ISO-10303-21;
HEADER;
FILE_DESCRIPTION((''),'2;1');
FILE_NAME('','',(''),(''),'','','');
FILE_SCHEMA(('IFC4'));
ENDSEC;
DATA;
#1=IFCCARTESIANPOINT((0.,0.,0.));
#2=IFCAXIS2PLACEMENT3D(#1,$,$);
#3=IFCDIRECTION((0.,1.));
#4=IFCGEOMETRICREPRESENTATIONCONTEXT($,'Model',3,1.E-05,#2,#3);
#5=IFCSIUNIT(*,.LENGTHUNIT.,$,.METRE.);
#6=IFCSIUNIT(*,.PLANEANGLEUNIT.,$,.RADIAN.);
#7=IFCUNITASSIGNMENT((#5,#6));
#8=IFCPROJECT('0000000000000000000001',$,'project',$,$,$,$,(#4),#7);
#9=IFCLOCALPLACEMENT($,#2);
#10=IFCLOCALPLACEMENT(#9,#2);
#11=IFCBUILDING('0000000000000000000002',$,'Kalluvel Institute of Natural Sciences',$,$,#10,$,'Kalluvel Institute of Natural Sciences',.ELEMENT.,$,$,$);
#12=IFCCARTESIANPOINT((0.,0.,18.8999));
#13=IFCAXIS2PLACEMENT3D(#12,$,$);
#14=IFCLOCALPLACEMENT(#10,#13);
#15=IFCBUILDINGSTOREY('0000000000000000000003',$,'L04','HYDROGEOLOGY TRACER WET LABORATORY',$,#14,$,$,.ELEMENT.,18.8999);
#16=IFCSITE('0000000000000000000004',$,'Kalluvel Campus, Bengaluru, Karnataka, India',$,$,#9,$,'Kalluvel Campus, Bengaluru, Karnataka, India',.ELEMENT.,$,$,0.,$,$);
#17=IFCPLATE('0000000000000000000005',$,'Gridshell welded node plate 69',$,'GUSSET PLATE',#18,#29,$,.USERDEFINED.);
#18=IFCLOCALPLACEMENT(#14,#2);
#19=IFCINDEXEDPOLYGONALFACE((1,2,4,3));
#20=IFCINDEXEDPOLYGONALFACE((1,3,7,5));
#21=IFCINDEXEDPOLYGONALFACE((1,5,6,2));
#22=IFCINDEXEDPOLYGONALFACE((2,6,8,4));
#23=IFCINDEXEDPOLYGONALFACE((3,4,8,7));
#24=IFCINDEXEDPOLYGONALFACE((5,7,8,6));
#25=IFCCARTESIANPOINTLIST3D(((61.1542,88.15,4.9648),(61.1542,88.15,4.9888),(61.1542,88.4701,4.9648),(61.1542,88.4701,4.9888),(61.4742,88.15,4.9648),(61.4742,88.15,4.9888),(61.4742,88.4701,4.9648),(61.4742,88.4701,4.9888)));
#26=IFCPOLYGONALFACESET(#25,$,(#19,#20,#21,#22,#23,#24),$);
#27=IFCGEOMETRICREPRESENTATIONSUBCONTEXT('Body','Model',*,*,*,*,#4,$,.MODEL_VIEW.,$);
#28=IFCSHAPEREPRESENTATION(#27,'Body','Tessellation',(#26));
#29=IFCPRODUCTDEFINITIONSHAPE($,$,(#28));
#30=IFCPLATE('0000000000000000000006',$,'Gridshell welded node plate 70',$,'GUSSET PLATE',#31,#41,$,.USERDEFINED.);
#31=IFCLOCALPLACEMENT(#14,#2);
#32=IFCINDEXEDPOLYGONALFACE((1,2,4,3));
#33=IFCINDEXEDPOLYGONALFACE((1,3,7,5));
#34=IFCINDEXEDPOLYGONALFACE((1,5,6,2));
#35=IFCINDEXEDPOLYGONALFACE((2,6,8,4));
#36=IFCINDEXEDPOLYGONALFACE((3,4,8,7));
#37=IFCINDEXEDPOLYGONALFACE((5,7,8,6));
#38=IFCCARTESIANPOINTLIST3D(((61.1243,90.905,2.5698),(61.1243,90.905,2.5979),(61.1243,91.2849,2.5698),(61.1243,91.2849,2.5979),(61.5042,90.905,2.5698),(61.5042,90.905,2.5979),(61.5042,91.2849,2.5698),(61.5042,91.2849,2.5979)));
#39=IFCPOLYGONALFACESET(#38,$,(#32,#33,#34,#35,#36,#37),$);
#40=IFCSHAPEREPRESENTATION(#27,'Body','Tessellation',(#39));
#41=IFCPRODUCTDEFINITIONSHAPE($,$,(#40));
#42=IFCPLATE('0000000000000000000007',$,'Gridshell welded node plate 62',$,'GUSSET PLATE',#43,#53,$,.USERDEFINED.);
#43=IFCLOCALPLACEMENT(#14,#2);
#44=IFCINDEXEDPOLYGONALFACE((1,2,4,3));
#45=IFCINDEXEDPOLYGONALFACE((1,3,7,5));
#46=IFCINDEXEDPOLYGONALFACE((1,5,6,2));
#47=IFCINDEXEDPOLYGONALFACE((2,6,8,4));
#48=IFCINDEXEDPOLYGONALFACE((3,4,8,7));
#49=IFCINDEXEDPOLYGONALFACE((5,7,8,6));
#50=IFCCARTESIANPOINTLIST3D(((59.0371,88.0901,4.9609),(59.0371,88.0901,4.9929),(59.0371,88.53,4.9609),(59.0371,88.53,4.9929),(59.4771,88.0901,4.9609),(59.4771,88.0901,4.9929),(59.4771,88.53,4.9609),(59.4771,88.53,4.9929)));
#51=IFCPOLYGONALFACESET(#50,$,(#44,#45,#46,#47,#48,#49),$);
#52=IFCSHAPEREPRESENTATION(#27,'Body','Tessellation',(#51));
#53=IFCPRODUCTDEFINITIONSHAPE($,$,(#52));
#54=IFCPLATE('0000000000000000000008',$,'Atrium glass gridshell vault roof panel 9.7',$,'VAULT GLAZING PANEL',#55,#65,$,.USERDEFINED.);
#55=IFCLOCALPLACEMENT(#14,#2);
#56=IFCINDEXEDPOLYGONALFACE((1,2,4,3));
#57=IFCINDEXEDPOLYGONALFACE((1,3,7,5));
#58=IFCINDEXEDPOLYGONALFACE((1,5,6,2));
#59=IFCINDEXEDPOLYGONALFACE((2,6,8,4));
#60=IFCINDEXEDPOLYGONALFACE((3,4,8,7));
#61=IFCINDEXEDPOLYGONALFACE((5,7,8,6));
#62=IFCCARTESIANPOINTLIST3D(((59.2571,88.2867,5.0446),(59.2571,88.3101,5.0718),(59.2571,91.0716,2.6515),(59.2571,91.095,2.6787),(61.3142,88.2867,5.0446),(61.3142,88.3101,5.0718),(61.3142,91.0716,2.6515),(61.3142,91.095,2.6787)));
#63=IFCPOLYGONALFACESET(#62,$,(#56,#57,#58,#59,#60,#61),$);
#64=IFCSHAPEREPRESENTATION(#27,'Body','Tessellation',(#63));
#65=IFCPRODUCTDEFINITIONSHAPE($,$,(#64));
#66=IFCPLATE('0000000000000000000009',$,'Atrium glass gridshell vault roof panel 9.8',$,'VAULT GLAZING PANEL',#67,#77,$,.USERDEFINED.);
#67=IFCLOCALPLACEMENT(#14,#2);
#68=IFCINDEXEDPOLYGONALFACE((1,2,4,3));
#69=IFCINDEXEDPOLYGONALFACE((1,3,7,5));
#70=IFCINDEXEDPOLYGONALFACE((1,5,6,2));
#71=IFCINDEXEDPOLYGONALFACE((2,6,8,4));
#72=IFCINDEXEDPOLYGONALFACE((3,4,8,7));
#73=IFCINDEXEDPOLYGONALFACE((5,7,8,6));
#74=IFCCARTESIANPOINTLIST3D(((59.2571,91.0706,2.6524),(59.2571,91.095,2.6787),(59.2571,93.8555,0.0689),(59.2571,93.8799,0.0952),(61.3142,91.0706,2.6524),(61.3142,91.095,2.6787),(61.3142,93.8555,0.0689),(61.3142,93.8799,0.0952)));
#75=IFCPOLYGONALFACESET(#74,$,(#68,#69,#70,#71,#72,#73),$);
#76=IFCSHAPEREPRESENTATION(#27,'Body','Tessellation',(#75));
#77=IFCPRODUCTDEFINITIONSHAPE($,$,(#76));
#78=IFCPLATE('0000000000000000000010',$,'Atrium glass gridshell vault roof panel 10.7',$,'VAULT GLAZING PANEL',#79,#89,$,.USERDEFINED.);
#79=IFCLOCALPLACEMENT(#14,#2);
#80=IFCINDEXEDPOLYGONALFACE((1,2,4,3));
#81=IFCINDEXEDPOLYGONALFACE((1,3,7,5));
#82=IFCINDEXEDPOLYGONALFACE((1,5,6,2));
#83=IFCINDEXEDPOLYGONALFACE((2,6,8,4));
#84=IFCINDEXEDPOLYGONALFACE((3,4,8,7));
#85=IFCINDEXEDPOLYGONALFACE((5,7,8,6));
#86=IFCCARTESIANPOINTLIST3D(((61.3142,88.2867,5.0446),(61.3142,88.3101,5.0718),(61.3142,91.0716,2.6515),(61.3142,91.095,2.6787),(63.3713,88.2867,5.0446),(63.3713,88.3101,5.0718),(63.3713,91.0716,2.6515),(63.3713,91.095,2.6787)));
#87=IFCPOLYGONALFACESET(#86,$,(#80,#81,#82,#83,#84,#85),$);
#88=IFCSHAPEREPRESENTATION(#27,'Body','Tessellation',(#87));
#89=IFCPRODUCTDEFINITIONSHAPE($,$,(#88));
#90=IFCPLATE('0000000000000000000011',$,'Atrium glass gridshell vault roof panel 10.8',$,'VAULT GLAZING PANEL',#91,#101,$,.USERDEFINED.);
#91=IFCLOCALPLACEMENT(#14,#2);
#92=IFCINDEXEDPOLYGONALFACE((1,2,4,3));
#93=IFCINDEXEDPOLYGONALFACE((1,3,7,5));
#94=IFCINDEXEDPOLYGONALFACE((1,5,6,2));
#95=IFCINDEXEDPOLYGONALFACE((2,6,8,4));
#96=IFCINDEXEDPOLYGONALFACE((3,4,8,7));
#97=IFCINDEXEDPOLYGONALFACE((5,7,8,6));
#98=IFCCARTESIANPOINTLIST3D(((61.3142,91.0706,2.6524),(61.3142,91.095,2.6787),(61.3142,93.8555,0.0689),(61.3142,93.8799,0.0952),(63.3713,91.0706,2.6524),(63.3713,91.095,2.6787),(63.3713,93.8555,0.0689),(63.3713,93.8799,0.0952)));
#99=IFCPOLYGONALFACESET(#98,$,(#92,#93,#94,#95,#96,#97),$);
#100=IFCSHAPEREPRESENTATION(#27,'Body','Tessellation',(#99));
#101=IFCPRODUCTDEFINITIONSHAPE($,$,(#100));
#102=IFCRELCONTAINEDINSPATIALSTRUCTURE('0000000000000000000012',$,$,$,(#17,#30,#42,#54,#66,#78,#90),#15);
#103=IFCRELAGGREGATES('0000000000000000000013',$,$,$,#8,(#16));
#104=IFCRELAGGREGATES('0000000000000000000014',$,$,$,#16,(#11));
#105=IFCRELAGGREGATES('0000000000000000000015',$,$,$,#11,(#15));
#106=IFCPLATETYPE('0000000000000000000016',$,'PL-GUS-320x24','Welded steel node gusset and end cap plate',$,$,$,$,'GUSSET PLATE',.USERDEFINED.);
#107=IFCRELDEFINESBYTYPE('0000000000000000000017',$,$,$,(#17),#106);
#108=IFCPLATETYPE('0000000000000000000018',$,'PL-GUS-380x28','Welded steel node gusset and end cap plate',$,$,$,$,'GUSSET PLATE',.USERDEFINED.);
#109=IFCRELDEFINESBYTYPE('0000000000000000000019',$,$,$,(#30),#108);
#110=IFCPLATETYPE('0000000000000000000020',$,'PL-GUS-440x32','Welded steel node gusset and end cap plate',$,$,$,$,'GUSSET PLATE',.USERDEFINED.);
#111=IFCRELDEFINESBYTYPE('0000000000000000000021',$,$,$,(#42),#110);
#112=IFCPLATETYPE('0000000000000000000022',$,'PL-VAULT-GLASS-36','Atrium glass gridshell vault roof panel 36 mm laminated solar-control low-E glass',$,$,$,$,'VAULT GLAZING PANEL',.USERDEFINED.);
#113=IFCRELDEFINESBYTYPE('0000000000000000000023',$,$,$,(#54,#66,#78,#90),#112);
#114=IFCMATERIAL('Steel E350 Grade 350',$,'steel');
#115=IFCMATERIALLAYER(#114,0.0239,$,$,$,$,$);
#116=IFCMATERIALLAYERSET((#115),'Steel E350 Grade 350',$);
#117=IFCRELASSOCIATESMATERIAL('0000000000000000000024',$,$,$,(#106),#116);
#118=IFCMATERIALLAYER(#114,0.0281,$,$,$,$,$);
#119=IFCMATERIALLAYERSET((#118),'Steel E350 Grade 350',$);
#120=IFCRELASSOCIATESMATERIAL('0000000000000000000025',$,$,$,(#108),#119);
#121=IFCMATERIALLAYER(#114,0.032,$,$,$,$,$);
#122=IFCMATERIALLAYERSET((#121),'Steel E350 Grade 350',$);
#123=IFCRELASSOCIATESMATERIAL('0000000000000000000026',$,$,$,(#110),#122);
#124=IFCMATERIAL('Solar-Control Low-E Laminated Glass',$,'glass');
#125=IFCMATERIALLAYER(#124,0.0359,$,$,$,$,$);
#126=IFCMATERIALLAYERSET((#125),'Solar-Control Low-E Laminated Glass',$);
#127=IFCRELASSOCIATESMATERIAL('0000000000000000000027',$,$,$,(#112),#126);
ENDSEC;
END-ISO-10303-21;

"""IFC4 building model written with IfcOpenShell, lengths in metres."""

from ifc_helpers import new_model, si_unit, direction, frame, origin, origin_2d, place, context, subcontext, project, spatial, polyline, rectangle, outline, extrude, material, layer, layer_set, type_object, element, save


model = new_model("IFC4")

# Units and contexts
model_context = context("Model", 3, precision=1e-05, world=origin(), true_north=direction((0.0, 1.0)))
body_context = subcontext(model_context, "Body", "Model", "MODEL_VIEW")
ifc_project = project(units=[si_unit("LENGTHUNIT", "METRE"), si_unit("PLANEANGLEUNIT", "RADIAN")], contexts=[model_context])

# Site, building, storey
site_placement = place(None, origin())
site = spatial("IfcSite", under=ifc_project, at=site_placement, Name="Kalluvel Campus, Bengaluru, Karnataka, India", LongName="Kalluvel Campus, Bengaluru, Karnataka, India", CompositionType="ELEMENT", RefElevation=0.0)
building_placement = place(site_placement, origin())
building = spatial("IfcBuilding", under=site, at=building_placement, Name="Kalluvel Institute of Natural Sciences", LongName="Kalluvel Institute of Natural Sciences", CompositionType="ELEMENT")
storey_placement = place(building_placement, frame((0.0, 0.0, 18.8999)))
storey = spatial("IfcBuildingStorey", under=building, at=storey_placement, Name="L04", Description="HYDROGEOLOGY TRACER WET LABORATORY", CompositionType="ELEMENT", Elevation=18.8999)

# Shared definitions
ifc_material_1 = material(Name="Steel E350 Grade 350", Category="steel")

# Plates
ifc_layer_1 = layer(ifc_material_1, 0.0239)
ifc_layer_set_1 = layer_set([ifc_layer_1], Name="Steel E350 Grade 350")
plate_type_1 = type_object("IfcPlateType", Name="PL-GUS-320x24", Description="Welded steel node gusset and end cap plate", ElementType="GUSSET PLATE", PredefinedType="USERDEFINED", material=ifc_layer_set_1)
for number, where, z_axis, x_axis, name in (
    (1, (61.3142, 88.3101, 4.9648), (0.0, 0.0, 1.0), (1.0, 0.0, 0.0), "Gridshell welded node plate 69"),
):
    element("IfcPlate", number, at=place(storey_placement, frame(where, z_axis=z_axis, x_axis=x_axis)), inside=storey, type_object=plate_type_1, Name=name, ObjectType="GUSSET PLATE", PredefinedType="USERDEFINED", context=body_context, shape_type="SweptSolid", body=[
        extrude(rectangle(XDim=0.3201, YDim=0.3201, at=origin_2d()), origin(), (0.0, 0.0, 1.0), 0.0239),
    ])
ifc_layer_2 = layer(ifc_material_1, 0.0281)
ifc_layer_set_2 = layer_set([ifc_layer_2], Name="Steel E350 Grade 350")
plate_type_2 = type_object("IfcPlateType", Name="PL-GUS-380x28", Description="Welded steel node gusset and end cap plate", ElementType="GUSSET PLATE", PredefinedType="USERDEFINED", material=ifc_layer_set_2)
plate_1_placement = place(storey_placement, frame((61.3142, 91.095, 2.5698), z_axis=(0.0, 0.0, 1.0), x_axis=(1.0, 0.0, 0.0)))
element("IfcPlate", 2, at=plate_1_placement, inside=storey, type_object=plate_type_2, Name="Gridshell welded node plate 70", ObjectType="GUSSET PLATE", PredefinedType="USERDEFINED", context=body_context, shape_type="SweptSolid", body=[
    extrude(rectangle(XDim=0.3799, YDim=0.3799, at=origin_2d()), origin(), (0.0, 0.0, 1.0), 0.0281),
])
ifc_layer_3 = layer(ifc_material_1, 0.032)
ifc_layer_set_3 = layer_set([ifc_layer_3], Name="Steel E350 Grade 350")
plate_type_3 = type_object("IfcPlateType", Name="PL-GUS-440x32", Description="Welded steel node gusset and end cap plate", ElementType="GUSSET PLATE", PredefinedType="USERDEFINED", material=ifc_layer_set_3)
plate_2_placement = place(storey_placement, frame((59.2571, 88.3101, 4.9609), z_axis=(0.0, 0.0, 1.0), x_axis=(1.0, 0.0, 0.0)))
element("IfcPlate", 3, at=plate_2_placement, inside=storey, type_object=plate_type_3, Name="Gridshell welded node plate 62", ObjectType="GUSSET PLATE", PredefinedType="USERDEFINED", context=body_context, shape_type="SweptSolid", body=[
    extrude(rectangle(XDim=0.4399, YDim=0.4399, at=origin_2d()), origin(), (0.0, 0.0, 1.0), 0.032),
])
ifc_material_2 = material(Name="Solar-Control Low-E Laminated Glass", Category="glass")
ifc_layer_4 = layer(ifc_material_2, 0.0359)
ifc_layer_set_4 = layer_set([ifc_layer_4], Name="Solar-Control Low-E Laminated Glass")
plate_type_4 = type_object("IfcPlateType", Name="PL-VAULT-GLASS-36", Description="Atrium glass gridshell vault roof panel 36 mm laminated solar-control low-E glass", ElementType="VAULT GLAZING PANEL", PredefinedType="USERDEFINED", material=ifc_layer_set_4)
plate_3_placement = place(storey_placement, frame((59.2571, 88.3101, 5.0718), z_axis=(0.0, 0.651733, 0.758449), x_axis=(1.0, 0.0, 0.0)))
element("IfcPlate", 4, at=plate_3_placement, inside=storey, type_object=plate_type_4, Name="Atrium glass gridshell vault roof panel 9.7", ObjectType="VAULT GLAZING PANEL", PredefinedType="USERDEFINED", context=body_context, shape_type="SweptSolid", body=[
    extrude(outline(polyline([(0.0, 0.0), (2.0571, 0.0), (2.0571, 3.6719), (0.0, 3.6719), (0.0, 0.0)])), origin(), (0.0, 0.0, -1.0), 0.0359),
])
plate_4_placement = place(storey_placement, frame((59.2571, 91.095, 2.6787), z_axis=(0.0, 0.680099, 0.733121), x_axis=(1.0, 0.0, 0.0)))
element("IfcPlate", 5, at=plate_4_placement, inside=storey, type_object=plate_type_4, Name="Atrium glass gridshell vault roof panel 9.8", ObjectType="VAULT GLAZING PANEL", PredefinedType="USERDEFINED", context=body_context, shape_type="SweptSolid", body=[
    extrude(outline(polyline([(0.0, 0.0), (2.0571, 0.0), (2.0571, 3.7987), (0.0, 3.7987), (0.0, 0.0)])), origin(), (0.0, 0.0, -1.0), 0.0359),
])
plate_5_placement = place(storey_placement, frame((61.3142, 88.3101, 5.0718), z_axis=(0.0, 0.651733, 0.758449), x_axis=(1.0, 0.0, 0.0)))
element("IfcPlate", 6, at=plate_5_placement, inside=storey, type_object=plate_type_4, Name="Atrium glass gridshell vault roof panel 10.7", ObjectType="VAULT GLAZING PANEL", PredefinedType="USERDEFINED", context=body_context, shape_type="SweptSolid", body=[
    extrude(outline(polyline([(0.0, 0.0), (2.0571, 0.0), (2.0571, 3.6719), (0.0, 3.6719), (0.0, 0.0)])), origin(), (0.0, 0.0, -1.0), 0.0359),
])
plate_6_placement = place(storey_placement, frame((61.3142, 91.095, 2.6787), z_axis=(0.0, 0.680099, 0.733121), x_axis=(1.0, 0.0, 0.0)))
element("IfcPlate", 7, at=plate_6_placement, inside=storey, type_object=plate_type_4, Name="Atrium glass gridshell vault roof panel 10.8", ObjectType="VAULT GLAZING PANEL", PredefinedType="USERDEFINED", context=body_context, shape_type="SweptSolid", body=[
    extrude(outline(polyline([(0.0, 0.0), (2.0571, 0.0), (2.0571, 3.7987), (0.0, 3.7987), (0.0, 0.0)])), origin(), (0.0, 0.0, -1.0), 0.0359),
])

save(model, "model.ifc")
